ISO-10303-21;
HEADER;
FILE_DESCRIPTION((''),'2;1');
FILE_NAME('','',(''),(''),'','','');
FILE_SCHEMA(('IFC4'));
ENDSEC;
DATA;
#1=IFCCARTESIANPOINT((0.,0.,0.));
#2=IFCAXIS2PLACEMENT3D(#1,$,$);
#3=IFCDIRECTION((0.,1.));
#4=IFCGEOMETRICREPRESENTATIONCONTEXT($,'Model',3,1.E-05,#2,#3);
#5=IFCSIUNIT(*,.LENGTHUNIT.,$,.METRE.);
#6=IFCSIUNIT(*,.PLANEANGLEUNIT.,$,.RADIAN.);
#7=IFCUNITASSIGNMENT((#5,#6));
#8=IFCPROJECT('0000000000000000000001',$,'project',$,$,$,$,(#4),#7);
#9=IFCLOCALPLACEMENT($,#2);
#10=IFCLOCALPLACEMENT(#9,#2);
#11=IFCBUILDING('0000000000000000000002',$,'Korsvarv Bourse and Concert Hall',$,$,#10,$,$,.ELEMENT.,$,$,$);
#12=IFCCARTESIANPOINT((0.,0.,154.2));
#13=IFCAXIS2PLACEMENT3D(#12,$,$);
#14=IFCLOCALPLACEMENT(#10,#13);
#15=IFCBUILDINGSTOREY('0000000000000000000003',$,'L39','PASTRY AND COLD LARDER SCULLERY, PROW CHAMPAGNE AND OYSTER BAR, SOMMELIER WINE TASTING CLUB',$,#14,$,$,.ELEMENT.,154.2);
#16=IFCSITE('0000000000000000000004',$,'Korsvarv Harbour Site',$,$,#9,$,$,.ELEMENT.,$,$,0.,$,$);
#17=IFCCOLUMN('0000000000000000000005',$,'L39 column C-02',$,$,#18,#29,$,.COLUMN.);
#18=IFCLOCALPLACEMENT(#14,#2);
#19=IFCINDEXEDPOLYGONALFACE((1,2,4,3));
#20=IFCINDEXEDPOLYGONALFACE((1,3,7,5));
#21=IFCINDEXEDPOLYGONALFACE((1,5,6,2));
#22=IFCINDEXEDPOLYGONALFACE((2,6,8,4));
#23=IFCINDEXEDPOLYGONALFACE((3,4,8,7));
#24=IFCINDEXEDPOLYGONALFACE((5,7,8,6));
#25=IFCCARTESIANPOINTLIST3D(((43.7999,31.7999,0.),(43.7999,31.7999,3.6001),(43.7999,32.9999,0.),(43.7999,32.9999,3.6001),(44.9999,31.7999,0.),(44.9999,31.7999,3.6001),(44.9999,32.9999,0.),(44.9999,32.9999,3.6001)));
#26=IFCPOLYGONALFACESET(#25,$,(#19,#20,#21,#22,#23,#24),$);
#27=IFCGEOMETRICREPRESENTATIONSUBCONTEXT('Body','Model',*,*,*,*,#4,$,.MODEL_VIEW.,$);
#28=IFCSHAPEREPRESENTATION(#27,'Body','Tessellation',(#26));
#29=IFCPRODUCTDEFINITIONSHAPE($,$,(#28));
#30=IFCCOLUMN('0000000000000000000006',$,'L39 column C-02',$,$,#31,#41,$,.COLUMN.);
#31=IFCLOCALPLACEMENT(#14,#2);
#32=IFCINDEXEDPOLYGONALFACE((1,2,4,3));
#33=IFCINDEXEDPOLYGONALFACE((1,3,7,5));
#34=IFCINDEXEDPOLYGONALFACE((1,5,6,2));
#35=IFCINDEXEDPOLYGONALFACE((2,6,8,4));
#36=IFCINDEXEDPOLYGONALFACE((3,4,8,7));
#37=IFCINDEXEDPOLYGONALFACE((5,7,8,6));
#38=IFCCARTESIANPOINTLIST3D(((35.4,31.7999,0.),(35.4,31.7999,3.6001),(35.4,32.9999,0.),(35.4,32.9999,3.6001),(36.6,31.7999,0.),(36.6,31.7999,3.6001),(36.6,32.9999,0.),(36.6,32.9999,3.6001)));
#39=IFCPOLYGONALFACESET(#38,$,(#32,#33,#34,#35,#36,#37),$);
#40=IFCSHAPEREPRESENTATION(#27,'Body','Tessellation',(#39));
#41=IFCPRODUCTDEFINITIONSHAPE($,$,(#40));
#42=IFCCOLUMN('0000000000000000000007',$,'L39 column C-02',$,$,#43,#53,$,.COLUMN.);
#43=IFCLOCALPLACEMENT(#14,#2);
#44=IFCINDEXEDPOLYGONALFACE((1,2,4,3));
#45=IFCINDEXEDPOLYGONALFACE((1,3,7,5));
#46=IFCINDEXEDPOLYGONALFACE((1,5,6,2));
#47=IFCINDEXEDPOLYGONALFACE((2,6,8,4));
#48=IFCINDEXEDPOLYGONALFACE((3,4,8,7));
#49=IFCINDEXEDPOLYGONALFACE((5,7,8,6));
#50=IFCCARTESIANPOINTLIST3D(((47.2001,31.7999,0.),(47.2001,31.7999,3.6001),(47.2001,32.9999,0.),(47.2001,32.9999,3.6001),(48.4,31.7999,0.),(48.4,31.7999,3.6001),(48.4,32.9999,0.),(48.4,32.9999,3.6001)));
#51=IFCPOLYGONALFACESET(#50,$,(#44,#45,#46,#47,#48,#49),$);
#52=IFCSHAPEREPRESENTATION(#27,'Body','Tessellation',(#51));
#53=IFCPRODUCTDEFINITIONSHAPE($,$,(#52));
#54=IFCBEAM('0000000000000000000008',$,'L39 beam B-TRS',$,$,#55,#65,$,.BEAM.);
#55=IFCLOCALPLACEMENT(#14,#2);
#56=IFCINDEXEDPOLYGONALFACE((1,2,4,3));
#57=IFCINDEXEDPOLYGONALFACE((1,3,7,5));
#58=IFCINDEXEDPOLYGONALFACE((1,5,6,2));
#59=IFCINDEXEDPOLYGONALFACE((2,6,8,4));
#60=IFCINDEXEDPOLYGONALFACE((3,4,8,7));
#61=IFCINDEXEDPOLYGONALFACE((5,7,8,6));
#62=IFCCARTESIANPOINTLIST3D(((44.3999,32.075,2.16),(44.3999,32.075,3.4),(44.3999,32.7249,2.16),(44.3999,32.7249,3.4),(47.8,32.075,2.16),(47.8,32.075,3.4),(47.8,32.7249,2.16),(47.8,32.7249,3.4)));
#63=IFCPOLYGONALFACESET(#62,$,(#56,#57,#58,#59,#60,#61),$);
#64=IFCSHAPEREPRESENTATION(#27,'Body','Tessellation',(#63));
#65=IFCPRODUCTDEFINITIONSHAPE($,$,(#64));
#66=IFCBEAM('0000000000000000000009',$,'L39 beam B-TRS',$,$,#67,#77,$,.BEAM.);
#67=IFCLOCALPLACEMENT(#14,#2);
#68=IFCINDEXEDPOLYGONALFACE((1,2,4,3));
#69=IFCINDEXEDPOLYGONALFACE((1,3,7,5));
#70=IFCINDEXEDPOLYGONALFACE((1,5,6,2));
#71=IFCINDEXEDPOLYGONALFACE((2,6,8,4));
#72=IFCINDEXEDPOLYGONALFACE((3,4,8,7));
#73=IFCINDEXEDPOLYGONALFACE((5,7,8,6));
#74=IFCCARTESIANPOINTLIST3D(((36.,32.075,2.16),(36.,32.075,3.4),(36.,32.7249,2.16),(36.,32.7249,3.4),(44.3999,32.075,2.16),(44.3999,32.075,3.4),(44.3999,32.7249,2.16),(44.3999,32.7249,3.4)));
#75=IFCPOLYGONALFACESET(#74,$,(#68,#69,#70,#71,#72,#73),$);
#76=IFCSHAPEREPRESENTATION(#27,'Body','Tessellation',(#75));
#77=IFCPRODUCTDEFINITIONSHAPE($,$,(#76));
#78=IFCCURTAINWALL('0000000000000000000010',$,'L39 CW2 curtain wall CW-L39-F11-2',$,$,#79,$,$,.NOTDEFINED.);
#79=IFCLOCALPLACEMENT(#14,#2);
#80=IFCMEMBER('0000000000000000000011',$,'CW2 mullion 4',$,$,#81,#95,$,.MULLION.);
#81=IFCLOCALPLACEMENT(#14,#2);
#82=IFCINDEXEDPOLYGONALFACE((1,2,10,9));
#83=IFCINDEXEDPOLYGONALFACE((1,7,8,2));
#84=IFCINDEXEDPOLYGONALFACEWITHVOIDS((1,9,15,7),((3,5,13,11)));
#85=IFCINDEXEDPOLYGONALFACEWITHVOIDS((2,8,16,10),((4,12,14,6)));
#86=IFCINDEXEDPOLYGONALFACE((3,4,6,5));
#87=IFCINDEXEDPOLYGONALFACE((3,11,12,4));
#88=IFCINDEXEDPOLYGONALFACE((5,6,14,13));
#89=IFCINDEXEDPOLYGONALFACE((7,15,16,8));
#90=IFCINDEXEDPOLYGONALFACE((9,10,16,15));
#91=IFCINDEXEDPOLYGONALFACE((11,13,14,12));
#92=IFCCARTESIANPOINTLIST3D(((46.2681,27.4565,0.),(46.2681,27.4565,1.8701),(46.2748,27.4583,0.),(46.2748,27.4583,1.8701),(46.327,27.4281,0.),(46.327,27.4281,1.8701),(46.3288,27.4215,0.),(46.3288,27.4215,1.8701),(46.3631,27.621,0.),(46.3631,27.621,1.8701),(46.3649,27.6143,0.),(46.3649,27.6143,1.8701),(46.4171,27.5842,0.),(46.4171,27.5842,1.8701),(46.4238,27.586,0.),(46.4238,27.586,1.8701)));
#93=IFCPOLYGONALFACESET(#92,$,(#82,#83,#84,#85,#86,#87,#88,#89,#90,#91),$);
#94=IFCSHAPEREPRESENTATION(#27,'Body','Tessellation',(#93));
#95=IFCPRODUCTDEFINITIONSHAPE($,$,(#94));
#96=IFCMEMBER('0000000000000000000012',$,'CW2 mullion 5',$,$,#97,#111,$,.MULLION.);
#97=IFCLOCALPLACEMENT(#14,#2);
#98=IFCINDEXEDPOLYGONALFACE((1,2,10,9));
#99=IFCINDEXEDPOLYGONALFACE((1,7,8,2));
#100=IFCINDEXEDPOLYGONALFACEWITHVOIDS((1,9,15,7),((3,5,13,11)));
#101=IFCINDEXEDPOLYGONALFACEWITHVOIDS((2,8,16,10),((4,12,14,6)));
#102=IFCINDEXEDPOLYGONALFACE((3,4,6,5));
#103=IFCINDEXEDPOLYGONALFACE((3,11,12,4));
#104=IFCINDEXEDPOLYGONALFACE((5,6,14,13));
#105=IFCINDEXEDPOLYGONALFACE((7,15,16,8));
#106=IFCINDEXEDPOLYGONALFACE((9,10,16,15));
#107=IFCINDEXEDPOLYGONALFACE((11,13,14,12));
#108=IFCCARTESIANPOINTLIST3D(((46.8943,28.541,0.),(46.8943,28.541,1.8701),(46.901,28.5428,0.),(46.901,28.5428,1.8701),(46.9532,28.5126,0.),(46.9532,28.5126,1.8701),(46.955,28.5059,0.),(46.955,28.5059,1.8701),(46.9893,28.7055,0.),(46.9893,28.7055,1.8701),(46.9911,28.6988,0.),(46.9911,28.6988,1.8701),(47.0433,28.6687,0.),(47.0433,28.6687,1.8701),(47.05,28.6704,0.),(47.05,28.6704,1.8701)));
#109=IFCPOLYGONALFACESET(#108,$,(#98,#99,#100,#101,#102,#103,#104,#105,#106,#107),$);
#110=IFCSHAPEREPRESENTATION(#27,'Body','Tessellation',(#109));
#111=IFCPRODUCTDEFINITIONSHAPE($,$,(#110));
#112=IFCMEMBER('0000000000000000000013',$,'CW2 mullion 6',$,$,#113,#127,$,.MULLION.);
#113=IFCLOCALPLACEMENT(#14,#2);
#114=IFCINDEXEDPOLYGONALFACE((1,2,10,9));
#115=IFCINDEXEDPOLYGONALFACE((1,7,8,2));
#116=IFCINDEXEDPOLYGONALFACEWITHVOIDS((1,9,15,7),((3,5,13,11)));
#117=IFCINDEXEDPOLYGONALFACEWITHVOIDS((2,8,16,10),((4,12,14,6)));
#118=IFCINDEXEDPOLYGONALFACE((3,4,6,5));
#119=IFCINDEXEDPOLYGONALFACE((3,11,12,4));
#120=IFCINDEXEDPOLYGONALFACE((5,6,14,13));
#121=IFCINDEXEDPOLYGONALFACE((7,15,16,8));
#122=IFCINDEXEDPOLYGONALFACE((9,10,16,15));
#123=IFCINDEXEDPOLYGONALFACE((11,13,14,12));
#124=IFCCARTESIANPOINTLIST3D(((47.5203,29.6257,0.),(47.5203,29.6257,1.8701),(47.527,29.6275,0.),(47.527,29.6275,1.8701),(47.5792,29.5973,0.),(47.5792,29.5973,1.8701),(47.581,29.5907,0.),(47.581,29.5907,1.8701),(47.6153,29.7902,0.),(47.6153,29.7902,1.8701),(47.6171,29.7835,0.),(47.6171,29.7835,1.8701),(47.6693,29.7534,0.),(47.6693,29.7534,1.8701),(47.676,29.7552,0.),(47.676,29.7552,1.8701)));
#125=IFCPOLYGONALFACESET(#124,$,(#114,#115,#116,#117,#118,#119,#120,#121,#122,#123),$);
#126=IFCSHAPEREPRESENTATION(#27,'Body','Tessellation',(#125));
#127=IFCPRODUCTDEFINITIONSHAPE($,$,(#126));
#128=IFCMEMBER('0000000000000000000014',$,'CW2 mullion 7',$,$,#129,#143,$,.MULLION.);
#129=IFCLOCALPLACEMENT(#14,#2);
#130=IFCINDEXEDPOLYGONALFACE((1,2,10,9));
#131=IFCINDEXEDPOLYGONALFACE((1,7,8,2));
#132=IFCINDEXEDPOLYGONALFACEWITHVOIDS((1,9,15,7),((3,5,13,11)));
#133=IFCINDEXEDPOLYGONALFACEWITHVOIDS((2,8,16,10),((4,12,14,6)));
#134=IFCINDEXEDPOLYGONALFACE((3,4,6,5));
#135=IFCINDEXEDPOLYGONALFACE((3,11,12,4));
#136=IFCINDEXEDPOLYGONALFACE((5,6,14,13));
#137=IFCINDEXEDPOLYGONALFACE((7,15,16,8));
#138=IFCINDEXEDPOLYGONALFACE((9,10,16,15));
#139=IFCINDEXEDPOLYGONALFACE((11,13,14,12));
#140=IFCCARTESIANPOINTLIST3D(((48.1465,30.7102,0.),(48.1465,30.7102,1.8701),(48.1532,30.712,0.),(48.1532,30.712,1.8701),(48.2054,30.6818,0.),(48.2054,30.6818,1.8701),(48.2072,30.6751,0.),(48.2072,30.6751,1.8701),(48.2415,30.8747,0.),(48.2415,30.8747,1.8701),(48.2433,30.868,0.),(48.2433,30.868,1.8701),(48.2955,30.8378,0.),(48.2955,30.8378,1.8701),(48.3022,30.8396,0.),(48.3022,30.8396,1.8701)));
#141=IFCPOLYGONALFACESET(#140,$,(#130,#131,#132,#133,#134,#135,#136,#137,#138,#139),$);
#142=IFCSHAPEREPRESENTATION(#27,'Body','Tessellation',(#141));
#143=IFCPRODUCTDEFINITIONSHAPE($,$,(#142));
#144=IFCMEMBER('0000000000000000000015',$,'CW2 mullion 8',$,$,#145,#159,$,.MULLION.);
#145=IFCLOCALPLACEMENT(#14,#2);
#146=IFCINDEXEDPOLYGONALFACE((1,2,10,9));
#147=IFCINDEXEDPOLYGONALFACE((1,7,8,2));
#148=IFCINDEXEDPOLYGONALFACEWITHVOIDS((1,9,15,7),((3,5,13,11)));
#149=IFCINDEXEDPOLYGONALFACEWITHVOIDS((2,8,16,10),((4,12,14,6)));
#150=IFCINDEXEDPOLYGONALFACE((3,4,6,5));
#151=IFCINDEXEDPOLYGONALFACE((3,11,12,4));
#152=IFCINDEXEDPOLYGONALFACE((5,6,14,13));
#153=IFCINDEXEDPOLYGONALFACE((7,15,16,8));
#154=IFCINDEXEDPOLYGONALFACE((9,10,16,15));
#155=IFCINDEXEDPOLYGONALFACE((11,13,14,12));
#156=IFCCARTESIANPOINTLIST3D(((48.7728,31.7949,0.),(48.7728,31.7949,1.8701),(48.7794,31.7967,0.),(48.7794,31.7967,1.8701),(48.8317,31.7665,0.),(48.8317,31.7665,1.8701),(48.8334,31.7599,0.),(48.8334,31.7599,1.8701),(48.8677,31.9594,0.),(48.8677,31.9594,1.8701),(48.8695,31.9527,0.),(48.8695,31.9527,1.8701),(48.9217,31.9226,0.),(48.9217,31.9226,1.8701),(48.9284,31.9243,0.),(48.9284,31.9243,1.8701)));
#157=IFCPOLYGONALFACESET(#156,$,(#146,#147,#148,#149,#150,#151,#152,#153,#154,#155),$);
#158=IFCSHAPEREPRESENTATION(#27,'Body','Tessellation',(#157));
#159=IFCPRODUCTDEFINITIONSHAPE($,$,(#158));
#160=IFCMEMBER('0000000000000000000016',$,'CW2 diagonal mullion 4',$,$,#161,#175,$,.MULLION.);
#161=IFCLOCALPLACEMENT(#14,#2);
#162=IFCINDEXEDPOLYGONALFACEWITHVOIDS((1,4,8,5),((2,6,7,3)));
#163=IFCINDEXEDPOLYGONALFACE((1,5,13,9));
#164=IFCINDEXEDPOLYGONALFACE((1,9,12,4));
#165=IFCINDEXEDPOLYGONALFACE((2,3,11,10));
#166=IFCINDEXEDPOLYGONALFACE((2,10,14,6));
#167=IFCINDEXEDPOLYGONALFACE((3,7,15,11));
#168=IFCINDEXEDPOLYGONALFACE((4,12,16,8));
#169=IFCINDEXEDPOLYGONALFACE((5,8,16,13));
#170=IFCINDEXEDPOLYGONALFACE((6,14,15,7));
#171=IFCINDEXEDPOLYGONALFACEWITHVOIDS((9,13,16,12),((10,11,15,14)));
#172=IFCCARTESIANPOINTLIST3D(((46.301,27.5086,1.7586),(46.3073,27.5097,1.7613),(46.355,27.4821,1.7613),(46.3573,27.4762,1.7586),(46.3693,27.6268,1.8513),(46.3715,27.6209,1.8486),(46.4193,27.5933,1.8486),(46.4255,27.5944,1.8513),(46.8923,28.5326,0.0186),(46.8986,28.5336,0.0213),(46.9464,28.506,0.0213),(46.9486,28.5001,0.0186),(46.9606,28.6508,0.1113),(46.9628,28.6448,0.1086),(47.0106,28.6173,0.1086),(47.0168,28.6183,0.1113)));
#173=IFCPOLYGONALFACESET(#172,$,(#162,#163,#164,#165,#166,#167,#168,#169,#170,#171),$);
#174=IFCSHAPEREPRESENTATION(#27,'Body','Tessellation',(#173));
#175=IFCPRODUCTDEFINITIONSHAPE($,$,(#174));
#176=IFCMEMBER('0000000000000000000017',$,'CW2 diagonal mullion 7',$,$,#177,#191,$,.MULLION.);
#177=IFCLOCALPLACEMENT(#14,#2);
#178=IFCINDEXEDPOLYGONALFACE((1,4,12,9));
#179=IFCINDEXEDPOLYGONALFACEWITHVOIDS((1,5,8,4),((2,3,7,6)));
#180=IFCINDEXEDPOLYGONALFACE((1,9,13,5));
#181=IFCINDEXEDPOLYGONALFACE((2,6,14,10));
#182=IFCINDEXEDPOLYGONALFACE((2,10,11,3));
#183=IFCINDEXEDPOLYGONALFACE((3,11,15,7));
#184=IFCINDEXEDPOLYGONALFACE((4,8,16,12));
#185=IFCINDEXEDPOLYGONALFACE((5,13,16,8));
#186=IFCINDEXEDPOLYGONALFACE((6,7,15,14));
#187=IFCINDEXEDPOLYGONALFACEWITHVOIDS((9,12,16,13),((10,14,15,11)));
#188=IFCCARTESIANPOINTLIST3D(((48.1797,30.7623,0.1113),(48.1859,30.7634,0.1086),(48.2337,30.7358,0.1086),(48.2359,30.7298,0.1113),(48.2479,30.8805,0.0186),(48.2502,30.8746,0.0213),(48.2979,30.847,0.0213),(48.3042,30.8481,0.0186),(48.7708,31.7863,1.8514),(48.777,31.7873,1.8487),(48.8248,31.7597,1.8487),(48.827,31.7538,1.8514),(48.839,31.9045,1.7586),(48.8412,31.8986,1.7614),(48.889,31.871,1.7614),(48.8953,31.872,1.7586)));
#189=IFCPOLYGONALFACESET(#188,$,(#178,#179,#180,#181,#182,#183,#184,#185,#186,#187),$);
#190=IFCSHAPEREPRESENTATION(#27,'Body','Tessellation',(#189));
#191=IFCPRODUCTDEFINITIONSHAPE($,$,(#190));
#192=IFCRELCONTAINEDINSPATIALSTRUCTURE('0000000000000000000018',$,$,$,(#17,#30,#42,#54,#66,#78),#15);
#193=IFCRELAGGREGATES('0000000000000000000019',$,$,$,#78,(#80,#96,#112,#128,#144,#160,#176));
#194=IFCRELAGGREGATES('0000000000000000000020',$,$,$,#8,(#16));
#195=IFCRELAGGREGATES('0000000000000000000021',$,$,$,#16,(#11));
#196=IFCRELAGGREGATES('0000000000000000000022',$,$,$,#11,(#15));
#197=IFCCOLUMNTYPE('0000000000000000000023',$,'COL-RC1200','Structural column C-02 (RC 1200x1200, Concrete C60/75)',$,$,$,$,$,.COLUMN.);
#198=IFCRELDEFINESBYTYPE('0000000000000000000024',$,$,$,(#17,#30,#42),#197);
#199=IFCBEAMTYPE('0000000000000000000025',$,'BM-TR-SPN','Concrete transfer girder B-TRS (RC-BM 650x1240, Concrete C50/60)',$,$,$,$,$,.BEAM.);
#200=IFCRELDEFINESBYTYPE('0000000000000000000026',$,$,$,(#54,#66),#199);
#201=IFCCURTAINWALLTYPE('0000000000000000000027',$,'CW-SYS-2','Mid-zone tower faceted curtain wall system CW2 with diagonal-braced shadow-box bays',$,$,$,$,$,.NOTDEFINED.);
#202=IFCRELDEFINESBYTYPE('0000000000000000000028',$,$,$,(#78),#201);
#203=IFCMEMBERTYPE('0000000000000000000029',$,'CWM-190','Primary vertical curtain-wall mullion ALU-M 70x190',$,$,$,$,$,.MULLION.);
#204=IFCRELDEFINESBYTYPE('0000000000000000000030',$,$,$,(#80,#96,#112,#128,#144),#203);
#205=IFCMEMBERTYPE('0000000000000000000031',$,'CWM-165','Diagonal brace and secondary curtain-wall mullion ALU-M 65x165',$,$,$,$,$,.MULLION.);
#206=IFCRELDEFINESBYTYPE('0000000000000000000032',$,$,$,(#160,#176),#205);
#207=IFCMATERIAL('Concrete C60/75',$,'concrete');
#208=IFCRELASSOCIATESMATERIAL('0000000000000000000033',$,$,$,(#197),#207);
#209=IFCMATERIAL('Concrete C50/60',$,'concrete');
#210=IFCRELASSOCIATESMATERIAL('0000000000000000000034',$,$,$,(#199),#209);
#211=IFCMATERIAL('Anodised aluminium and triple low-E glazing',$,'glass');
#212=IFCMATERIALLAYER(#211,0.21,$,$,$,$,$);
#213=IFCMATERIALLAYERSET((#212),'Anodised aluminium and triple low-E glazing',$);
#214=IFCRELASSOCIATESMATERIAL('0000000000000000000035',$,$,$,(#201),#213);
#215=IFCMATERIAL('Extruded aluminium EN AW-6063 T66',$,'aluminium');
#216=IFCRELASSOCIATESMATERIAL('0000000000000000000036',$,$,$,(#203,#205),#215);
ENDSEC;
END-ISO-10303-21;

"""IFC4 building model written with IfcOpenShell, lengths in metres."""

from ifc_helpers import new_model, si_unit, direction, frame, origin, origin_2d, place, context, subcontext, project, spatial, rectangle, hollow_rectangle, extrude, source, transform, mapped, material, layer, layer_set, material_profile, profile_set, type_object, element, aggregate, save


model = new_model("IFC4")

# Units and contexts
model_context = context("Model", 3, precision=1e-05, world=origin(), true_north=direction((0.0, 1.0)))
body_context = subcontext(model_context, "Body", "Model", "MODEL_VIEW")
ifc_project = project(units=[si_unit("LENGTHUNIT", "METRE"), si_unit("PLANEANGLEUNIT", "RADIAN")], contexts=[model_context])

# Site, building, storey
site_placement = place(None, origin())
site = spatial("IfcSite", under=ifc_project, at=site_placement, Name="Korsvarv Harbour Site", CompositionType="ELEMENT", RefElevation=0.0)
building_placement = place(site_placement, origin())
building = spatial("IfcBuilding", under=site, at=building_placement, Name="Korsvarv Bourse and Concert Hall", CompositionType="ELEMENT")
storey_placement = place(building_placement, frame((0.0, 0.0, 154.2)))
storey = spatial("IfcBuildingStorey", under=building, at=storey_placement, Name="L39", Description="PASTRY AND COLD LARDER SCULLERY, PROW CHAMPAGNE AND OYSTER BAR, SOMMELIER WINE TASTING CLUB", CompositionType="ELEMENT", Elevation=154.2)

# Columns
ifc_material_1 = material(Name="Concrete C60/75", Category="concrete")
ifc_material_profile_1 = material_profile(ifc_material_1, rectangle(XDim=1.2, YDim=1.2, at=origin_2d()), Name="RC 1200x1200")
ifc_profile_set_1 = profile_set([ifc_material_profile_1], Name="Concrete C60/75")
column_type = type_object("IfcColumnType", Name="COL-RC1200", Description="Structural column C-02 (RC 1200x1200, Concrete C60/75)", PredefinedType="COLUMN", material=ifc_profile_set_1)
shared_shape_1 = source(origin(), body_context, "Body", "SweptSolid", [
    extrude(rectangle(XDim=1.2, YDim=1.2, at=origin_2d()), origin(), (0.0, 0.0, 1.0), 3.6001),
])
for number, where, z_axis, x_axis, name in (
    (1, (44.3999, 32.3999, 0.0), (0.0, 0.0, 1.0), (1.0, 0.0, 0.0), "L39 column C-02"),
    (2, (36.0, 32.3999, 0.0), (0.0, 0.0, 1.0), (1.0, 0.0, 0.0), "L39 column C-02"),
    (3, (47.8, 32.3999, 0.0), (0.0, 0.0, 1.0), (1.0, 0.0, 0.0), "L39 column C-02"),
):
    element("IfcColumn", number, at=place(storey_placement, frame(where, z_axis=z_axis, x_axis=x_axis)), inside=storey, type_object=column_type, Name=name, PredefinedType="COLUMN", context=body_context, shape_type="MappedRepresentation", body=[
        mapped(shared_shape_1, transform((0.0, 0.0, 0.0), scale=1.0)),
    ])

# Beams
ifc_material_2 = material(Name="Concrete C50/60", Category="concrete")
ifc_material_profile_2 = material_profile(ifc_material_2, rectangle(XDim=0.6499, YDim=1.24, at=origin_2d()), Name="RC-BM 650x1240")
ifc_profile_set_2 = profile_set([ifc_material_profile_2], Name="Concrete C50/60")
beam_type = type_object("IfcBeamType", Name="BM-TR-SPN", Description="Concrete transfer girder B-TRS (RC-BM 650x1240, Concrete C50/60)", PredefinedType="BEAM", material=ifc_profile_set_2)
shared_shape_2 = source(origin(), body_context, "Body", "SweptSolid", [
    extrude(rectangle(XDim=0.6499, YDim=1.24, at=origin_2d()), origin(), (0.0, 0.0, 1.0), 3.4001),
])
beam_1_placement = place(storey_placement, frame((44.3999, 32.3999, 2.78), z_axis=(1.0, 0.0, 0.0), x_axis=(0.0, 1.0, 0.0)))
element("IfcBeam", 4, at=beam_1_placement, inside=storey, type_object=beam_type, Name="L39 beam B-TRS", PredefinedType="BEAM", context=body_context, shape_type="MappedRepresentation", body=[
    mapped(shared_shape_2, transform((0.0, 0.0, 0.0), scale=1.0)),
])
shared_shape_3 = source(origin(), body_context, "Body", "SweptSolid", [
    extrude(rectangle(XDim=0.6499, YDim=1.24, at=origin_2d()), origin(), (0.0, 0.0, 1.0), 8.3999),
])
beam_2_placement = place(storey_placement, frame((36.0, 32.3999, 2.78), z_axis=(1.0, 0.0, 0.0), x_axis=(0.0, 1.0, 0.0)))
element("IfcBeam", 5, at=beam_2_placement, inside=storey, type_object=beam_type, Name="L39 beam B-TRS", PredefinedType="BEAM", context=body_context, shape_type="MappedRepresentation", body=[
    mapped(shared_shape_3, transform((0.0, 0.0, 0.0), scale=1.0)),
])

# Curtain wall, members
ifc_material_3 = material(Name="Anodised aluminium and triple low-E glazing", Category="glass")
ifc_layer_1 = layer(ifc_material_3, 0.21)
ifc_layer_set_1 = layer_set([ifc_layer_1], Name="Anodised aluminium and triple low-E glazing")
curtain_wall_type = type_object("IfcCurtainWallType", Name="CW-SYS-2", Description="Mid-zone tower faceted curtain wall system CW2 with diagonal-braced shadow-box bays", PredefinedType="NOTDEFINED", material=ifc_layer_set_1)
curtain_wall_placement = place(storey_placement, origin())
curtain_wall = element("IfcCurtainWall", 6, at=curtain_wall_placement, inside=storey, type_object=curtain_wall_type, Name="L39 CW2 curtain wall CW-L39-F11-2", PredefinedType="NOTDEFINED")
ifc_material_4 = material(Name="Extruded aluminium EN AW-6063 T66", Category="aluminium")
ifc_material_profile_3 = material_profile(ifc_material_4, hollow_rectangle(XDim=0.0701, YDim=0.1899, WallThickness=0.0049, at=origin_2d()), Name="ALU-M 70x190")
ifc_profile_set_3 = profile_set([ifc_material_profile_3], Name="Extruded aluminium EN AW-6063 T66")
member_type_1 = type_object("IfcMemberType", Name="CWM-190", Description="Primary vertical curtain-wall mullion ALU-M 70x190", PredefinedType="MULLION", material=ifc_profile_set_3)
shared_shape_4 = source(origin(), body_context, "Body", "SweptSolid", [
    extrude(hollow_rectangle(XDim=0.0701, YDim=0.1899, WallThickness=0.0049, at=origin_2d()), origin(), (0.0, 0.0, 1.0), 1.8701),
])
member_1_placement = place(storey_placement, frame((46.3459, 27.5212, 0.0), z_axis=(0.0, 0.0, 1.0), x_axis=(-0.866023, 0.500005, 0.0)))
member_1 = element("IfcMember", 7, at=member_1_placement, type_object=member_type_1, Name="CW2 mullion 4", PredefinedType="MULLION", context=body_context, shape_type="MappedRepresentation", body=[
    mapped(shared_shape_4, transform((0.0, 0.0, 0.0), scale=1.0)),
])
member_2_placement = place(storey_placement, frame((46.9722, 28.6057, 0.0), z_axis=(0.0, 0.0, 1.0), x_axis=(-0.866023, 0.500005, 0.0)))
member_2 = element("IfcMember", 8, at=member_2_placement, type_object=member_type_1, Name="CW2 mullion 5", PredefinedType="MULLION", context=body_context, shape_type="MappedRepresentation", body=[
    mapped(shared_shape_4, transform((0.0, 0.0, 0.0), scale=1.0)),
])
member_3_placement = place(storey_placement, frame((47.5981, 29.6904, 0.0), z_axis=(0.0, 0.0, 1.0), x_axis=(-0.866023, 0.500005, 0.0)))
member_3 = element("IfcMember", 9, at=member_3_placement, type_object=member_type_1, Name="CW2 mullion 6", PredefinedType="MULLION", context=body_context, shape_type="MappedRepresentation", body=[
    mapped(shared_shape_4, transform((0.0, 0.0, 0.0), scale=1.0)),
])
member_4_placement = place(storey_placement, frame((48.2244, 30.7749, 0.0), z_axis=(0.0, 0.0, 1.0), x_axis=(-0.866023, 0.500005, 0.0)))
member_4 = element("IfcMember", 10, at=member_4_placement, type_object=member_type_1, Name="CW2 mullion 7", PredefinedType="MULLION", context=body_context, shape_type="MappedRepresentation", body=[
    mapped(shared_shape_4, transform((0.0, 0.0, 0.0), scale=1.0)),
])
member_5_placement = place(storey_placement, frame((48.8506, 31.8596, 0.0), z_axis=(0.0, 0.0, 1.0), x_axis=(-0.866023, 0.500005, 0.0)))
member_5 = element("IfcMember", 11, at=member_5_placement, type_object=member_type_1, Name="CW2 mullion 8", PredefinedType="MULLION", context=body_context, shape_type="MappedRepresentation", body=[
    mapped(shared_shape_4, transform((0.0, 0.0, 0.0), scale=1.0)),
])
ifc_material_profile_4 = material_profile(ifc_material_4, hollow_rectangle(XDim=0.0649, YDim=0.165, WallThickness=0.0049, at=origin_2d()), Name="ALU-M 65x165")
ifc_profile_set_4 = profile_set([ifc_material_profile_4], Name="Extruded aluminium EN AW-6063 T66")
member_type_2 = type_object("IfcMemberType", Name="CWM-165", Description="Diagonal brace and secondary curtain-wall mullion ALU-M 65x165", PredefinedType="MULLION", material=ifc_profile_set_4)
shared_shape_5 = source(origin(), body_context, "Body", "SweptSolid", [
    extrude(hollow_rectangle(XDim=0.0649, YDim=0.165, WallThickness=0.0049, at=origin_2d()), origin(), (0.0, 0.0, 1.0), 2.1038),
])
member_6_placement = place(storey_placement, frame((46.9546, 28.5754, 0.0649), z_axis=(-0.281078, -0.486722, 0.827102), x_axis=(0.865972, -0.500092, 0.0)))
member_6 = element("IfcMember", 12, at=member_6_placement, type_object=member_type_2, Name="CW2 diagonal mullion 4", PredefinedType="MULLION", context=body_context, shape_type="MappedRepresentation", body=[
    mapped(shared_shape_5, transform((0.0, 0.0, 0.0), scale=1.0)),
])
member_7_placement = place(storey_placement, frame((48.2419, 30.8052, 0.0649), z_axis=(0.280971, 0.486737, 0.827129), x_axis=(-0.866062, 0.499937, 0.0)))
member_7 = element("IfcMember", 13, at=member_7_placement, type_object=member_type_2, Name="CW2 diagonal mullion 7", PredefinedType="MULLION", context=body_context, shape_type="MappedRepresentation", body=[
    mapped(shared_shape_5, transform((0.0, 0.0, 0.0), scale=1.0)),
])
aggregate(curtain_wall, [member_1, member_2, member_3, member_4, member_5, member_6, member_7])

save(model, "model.ifc")
